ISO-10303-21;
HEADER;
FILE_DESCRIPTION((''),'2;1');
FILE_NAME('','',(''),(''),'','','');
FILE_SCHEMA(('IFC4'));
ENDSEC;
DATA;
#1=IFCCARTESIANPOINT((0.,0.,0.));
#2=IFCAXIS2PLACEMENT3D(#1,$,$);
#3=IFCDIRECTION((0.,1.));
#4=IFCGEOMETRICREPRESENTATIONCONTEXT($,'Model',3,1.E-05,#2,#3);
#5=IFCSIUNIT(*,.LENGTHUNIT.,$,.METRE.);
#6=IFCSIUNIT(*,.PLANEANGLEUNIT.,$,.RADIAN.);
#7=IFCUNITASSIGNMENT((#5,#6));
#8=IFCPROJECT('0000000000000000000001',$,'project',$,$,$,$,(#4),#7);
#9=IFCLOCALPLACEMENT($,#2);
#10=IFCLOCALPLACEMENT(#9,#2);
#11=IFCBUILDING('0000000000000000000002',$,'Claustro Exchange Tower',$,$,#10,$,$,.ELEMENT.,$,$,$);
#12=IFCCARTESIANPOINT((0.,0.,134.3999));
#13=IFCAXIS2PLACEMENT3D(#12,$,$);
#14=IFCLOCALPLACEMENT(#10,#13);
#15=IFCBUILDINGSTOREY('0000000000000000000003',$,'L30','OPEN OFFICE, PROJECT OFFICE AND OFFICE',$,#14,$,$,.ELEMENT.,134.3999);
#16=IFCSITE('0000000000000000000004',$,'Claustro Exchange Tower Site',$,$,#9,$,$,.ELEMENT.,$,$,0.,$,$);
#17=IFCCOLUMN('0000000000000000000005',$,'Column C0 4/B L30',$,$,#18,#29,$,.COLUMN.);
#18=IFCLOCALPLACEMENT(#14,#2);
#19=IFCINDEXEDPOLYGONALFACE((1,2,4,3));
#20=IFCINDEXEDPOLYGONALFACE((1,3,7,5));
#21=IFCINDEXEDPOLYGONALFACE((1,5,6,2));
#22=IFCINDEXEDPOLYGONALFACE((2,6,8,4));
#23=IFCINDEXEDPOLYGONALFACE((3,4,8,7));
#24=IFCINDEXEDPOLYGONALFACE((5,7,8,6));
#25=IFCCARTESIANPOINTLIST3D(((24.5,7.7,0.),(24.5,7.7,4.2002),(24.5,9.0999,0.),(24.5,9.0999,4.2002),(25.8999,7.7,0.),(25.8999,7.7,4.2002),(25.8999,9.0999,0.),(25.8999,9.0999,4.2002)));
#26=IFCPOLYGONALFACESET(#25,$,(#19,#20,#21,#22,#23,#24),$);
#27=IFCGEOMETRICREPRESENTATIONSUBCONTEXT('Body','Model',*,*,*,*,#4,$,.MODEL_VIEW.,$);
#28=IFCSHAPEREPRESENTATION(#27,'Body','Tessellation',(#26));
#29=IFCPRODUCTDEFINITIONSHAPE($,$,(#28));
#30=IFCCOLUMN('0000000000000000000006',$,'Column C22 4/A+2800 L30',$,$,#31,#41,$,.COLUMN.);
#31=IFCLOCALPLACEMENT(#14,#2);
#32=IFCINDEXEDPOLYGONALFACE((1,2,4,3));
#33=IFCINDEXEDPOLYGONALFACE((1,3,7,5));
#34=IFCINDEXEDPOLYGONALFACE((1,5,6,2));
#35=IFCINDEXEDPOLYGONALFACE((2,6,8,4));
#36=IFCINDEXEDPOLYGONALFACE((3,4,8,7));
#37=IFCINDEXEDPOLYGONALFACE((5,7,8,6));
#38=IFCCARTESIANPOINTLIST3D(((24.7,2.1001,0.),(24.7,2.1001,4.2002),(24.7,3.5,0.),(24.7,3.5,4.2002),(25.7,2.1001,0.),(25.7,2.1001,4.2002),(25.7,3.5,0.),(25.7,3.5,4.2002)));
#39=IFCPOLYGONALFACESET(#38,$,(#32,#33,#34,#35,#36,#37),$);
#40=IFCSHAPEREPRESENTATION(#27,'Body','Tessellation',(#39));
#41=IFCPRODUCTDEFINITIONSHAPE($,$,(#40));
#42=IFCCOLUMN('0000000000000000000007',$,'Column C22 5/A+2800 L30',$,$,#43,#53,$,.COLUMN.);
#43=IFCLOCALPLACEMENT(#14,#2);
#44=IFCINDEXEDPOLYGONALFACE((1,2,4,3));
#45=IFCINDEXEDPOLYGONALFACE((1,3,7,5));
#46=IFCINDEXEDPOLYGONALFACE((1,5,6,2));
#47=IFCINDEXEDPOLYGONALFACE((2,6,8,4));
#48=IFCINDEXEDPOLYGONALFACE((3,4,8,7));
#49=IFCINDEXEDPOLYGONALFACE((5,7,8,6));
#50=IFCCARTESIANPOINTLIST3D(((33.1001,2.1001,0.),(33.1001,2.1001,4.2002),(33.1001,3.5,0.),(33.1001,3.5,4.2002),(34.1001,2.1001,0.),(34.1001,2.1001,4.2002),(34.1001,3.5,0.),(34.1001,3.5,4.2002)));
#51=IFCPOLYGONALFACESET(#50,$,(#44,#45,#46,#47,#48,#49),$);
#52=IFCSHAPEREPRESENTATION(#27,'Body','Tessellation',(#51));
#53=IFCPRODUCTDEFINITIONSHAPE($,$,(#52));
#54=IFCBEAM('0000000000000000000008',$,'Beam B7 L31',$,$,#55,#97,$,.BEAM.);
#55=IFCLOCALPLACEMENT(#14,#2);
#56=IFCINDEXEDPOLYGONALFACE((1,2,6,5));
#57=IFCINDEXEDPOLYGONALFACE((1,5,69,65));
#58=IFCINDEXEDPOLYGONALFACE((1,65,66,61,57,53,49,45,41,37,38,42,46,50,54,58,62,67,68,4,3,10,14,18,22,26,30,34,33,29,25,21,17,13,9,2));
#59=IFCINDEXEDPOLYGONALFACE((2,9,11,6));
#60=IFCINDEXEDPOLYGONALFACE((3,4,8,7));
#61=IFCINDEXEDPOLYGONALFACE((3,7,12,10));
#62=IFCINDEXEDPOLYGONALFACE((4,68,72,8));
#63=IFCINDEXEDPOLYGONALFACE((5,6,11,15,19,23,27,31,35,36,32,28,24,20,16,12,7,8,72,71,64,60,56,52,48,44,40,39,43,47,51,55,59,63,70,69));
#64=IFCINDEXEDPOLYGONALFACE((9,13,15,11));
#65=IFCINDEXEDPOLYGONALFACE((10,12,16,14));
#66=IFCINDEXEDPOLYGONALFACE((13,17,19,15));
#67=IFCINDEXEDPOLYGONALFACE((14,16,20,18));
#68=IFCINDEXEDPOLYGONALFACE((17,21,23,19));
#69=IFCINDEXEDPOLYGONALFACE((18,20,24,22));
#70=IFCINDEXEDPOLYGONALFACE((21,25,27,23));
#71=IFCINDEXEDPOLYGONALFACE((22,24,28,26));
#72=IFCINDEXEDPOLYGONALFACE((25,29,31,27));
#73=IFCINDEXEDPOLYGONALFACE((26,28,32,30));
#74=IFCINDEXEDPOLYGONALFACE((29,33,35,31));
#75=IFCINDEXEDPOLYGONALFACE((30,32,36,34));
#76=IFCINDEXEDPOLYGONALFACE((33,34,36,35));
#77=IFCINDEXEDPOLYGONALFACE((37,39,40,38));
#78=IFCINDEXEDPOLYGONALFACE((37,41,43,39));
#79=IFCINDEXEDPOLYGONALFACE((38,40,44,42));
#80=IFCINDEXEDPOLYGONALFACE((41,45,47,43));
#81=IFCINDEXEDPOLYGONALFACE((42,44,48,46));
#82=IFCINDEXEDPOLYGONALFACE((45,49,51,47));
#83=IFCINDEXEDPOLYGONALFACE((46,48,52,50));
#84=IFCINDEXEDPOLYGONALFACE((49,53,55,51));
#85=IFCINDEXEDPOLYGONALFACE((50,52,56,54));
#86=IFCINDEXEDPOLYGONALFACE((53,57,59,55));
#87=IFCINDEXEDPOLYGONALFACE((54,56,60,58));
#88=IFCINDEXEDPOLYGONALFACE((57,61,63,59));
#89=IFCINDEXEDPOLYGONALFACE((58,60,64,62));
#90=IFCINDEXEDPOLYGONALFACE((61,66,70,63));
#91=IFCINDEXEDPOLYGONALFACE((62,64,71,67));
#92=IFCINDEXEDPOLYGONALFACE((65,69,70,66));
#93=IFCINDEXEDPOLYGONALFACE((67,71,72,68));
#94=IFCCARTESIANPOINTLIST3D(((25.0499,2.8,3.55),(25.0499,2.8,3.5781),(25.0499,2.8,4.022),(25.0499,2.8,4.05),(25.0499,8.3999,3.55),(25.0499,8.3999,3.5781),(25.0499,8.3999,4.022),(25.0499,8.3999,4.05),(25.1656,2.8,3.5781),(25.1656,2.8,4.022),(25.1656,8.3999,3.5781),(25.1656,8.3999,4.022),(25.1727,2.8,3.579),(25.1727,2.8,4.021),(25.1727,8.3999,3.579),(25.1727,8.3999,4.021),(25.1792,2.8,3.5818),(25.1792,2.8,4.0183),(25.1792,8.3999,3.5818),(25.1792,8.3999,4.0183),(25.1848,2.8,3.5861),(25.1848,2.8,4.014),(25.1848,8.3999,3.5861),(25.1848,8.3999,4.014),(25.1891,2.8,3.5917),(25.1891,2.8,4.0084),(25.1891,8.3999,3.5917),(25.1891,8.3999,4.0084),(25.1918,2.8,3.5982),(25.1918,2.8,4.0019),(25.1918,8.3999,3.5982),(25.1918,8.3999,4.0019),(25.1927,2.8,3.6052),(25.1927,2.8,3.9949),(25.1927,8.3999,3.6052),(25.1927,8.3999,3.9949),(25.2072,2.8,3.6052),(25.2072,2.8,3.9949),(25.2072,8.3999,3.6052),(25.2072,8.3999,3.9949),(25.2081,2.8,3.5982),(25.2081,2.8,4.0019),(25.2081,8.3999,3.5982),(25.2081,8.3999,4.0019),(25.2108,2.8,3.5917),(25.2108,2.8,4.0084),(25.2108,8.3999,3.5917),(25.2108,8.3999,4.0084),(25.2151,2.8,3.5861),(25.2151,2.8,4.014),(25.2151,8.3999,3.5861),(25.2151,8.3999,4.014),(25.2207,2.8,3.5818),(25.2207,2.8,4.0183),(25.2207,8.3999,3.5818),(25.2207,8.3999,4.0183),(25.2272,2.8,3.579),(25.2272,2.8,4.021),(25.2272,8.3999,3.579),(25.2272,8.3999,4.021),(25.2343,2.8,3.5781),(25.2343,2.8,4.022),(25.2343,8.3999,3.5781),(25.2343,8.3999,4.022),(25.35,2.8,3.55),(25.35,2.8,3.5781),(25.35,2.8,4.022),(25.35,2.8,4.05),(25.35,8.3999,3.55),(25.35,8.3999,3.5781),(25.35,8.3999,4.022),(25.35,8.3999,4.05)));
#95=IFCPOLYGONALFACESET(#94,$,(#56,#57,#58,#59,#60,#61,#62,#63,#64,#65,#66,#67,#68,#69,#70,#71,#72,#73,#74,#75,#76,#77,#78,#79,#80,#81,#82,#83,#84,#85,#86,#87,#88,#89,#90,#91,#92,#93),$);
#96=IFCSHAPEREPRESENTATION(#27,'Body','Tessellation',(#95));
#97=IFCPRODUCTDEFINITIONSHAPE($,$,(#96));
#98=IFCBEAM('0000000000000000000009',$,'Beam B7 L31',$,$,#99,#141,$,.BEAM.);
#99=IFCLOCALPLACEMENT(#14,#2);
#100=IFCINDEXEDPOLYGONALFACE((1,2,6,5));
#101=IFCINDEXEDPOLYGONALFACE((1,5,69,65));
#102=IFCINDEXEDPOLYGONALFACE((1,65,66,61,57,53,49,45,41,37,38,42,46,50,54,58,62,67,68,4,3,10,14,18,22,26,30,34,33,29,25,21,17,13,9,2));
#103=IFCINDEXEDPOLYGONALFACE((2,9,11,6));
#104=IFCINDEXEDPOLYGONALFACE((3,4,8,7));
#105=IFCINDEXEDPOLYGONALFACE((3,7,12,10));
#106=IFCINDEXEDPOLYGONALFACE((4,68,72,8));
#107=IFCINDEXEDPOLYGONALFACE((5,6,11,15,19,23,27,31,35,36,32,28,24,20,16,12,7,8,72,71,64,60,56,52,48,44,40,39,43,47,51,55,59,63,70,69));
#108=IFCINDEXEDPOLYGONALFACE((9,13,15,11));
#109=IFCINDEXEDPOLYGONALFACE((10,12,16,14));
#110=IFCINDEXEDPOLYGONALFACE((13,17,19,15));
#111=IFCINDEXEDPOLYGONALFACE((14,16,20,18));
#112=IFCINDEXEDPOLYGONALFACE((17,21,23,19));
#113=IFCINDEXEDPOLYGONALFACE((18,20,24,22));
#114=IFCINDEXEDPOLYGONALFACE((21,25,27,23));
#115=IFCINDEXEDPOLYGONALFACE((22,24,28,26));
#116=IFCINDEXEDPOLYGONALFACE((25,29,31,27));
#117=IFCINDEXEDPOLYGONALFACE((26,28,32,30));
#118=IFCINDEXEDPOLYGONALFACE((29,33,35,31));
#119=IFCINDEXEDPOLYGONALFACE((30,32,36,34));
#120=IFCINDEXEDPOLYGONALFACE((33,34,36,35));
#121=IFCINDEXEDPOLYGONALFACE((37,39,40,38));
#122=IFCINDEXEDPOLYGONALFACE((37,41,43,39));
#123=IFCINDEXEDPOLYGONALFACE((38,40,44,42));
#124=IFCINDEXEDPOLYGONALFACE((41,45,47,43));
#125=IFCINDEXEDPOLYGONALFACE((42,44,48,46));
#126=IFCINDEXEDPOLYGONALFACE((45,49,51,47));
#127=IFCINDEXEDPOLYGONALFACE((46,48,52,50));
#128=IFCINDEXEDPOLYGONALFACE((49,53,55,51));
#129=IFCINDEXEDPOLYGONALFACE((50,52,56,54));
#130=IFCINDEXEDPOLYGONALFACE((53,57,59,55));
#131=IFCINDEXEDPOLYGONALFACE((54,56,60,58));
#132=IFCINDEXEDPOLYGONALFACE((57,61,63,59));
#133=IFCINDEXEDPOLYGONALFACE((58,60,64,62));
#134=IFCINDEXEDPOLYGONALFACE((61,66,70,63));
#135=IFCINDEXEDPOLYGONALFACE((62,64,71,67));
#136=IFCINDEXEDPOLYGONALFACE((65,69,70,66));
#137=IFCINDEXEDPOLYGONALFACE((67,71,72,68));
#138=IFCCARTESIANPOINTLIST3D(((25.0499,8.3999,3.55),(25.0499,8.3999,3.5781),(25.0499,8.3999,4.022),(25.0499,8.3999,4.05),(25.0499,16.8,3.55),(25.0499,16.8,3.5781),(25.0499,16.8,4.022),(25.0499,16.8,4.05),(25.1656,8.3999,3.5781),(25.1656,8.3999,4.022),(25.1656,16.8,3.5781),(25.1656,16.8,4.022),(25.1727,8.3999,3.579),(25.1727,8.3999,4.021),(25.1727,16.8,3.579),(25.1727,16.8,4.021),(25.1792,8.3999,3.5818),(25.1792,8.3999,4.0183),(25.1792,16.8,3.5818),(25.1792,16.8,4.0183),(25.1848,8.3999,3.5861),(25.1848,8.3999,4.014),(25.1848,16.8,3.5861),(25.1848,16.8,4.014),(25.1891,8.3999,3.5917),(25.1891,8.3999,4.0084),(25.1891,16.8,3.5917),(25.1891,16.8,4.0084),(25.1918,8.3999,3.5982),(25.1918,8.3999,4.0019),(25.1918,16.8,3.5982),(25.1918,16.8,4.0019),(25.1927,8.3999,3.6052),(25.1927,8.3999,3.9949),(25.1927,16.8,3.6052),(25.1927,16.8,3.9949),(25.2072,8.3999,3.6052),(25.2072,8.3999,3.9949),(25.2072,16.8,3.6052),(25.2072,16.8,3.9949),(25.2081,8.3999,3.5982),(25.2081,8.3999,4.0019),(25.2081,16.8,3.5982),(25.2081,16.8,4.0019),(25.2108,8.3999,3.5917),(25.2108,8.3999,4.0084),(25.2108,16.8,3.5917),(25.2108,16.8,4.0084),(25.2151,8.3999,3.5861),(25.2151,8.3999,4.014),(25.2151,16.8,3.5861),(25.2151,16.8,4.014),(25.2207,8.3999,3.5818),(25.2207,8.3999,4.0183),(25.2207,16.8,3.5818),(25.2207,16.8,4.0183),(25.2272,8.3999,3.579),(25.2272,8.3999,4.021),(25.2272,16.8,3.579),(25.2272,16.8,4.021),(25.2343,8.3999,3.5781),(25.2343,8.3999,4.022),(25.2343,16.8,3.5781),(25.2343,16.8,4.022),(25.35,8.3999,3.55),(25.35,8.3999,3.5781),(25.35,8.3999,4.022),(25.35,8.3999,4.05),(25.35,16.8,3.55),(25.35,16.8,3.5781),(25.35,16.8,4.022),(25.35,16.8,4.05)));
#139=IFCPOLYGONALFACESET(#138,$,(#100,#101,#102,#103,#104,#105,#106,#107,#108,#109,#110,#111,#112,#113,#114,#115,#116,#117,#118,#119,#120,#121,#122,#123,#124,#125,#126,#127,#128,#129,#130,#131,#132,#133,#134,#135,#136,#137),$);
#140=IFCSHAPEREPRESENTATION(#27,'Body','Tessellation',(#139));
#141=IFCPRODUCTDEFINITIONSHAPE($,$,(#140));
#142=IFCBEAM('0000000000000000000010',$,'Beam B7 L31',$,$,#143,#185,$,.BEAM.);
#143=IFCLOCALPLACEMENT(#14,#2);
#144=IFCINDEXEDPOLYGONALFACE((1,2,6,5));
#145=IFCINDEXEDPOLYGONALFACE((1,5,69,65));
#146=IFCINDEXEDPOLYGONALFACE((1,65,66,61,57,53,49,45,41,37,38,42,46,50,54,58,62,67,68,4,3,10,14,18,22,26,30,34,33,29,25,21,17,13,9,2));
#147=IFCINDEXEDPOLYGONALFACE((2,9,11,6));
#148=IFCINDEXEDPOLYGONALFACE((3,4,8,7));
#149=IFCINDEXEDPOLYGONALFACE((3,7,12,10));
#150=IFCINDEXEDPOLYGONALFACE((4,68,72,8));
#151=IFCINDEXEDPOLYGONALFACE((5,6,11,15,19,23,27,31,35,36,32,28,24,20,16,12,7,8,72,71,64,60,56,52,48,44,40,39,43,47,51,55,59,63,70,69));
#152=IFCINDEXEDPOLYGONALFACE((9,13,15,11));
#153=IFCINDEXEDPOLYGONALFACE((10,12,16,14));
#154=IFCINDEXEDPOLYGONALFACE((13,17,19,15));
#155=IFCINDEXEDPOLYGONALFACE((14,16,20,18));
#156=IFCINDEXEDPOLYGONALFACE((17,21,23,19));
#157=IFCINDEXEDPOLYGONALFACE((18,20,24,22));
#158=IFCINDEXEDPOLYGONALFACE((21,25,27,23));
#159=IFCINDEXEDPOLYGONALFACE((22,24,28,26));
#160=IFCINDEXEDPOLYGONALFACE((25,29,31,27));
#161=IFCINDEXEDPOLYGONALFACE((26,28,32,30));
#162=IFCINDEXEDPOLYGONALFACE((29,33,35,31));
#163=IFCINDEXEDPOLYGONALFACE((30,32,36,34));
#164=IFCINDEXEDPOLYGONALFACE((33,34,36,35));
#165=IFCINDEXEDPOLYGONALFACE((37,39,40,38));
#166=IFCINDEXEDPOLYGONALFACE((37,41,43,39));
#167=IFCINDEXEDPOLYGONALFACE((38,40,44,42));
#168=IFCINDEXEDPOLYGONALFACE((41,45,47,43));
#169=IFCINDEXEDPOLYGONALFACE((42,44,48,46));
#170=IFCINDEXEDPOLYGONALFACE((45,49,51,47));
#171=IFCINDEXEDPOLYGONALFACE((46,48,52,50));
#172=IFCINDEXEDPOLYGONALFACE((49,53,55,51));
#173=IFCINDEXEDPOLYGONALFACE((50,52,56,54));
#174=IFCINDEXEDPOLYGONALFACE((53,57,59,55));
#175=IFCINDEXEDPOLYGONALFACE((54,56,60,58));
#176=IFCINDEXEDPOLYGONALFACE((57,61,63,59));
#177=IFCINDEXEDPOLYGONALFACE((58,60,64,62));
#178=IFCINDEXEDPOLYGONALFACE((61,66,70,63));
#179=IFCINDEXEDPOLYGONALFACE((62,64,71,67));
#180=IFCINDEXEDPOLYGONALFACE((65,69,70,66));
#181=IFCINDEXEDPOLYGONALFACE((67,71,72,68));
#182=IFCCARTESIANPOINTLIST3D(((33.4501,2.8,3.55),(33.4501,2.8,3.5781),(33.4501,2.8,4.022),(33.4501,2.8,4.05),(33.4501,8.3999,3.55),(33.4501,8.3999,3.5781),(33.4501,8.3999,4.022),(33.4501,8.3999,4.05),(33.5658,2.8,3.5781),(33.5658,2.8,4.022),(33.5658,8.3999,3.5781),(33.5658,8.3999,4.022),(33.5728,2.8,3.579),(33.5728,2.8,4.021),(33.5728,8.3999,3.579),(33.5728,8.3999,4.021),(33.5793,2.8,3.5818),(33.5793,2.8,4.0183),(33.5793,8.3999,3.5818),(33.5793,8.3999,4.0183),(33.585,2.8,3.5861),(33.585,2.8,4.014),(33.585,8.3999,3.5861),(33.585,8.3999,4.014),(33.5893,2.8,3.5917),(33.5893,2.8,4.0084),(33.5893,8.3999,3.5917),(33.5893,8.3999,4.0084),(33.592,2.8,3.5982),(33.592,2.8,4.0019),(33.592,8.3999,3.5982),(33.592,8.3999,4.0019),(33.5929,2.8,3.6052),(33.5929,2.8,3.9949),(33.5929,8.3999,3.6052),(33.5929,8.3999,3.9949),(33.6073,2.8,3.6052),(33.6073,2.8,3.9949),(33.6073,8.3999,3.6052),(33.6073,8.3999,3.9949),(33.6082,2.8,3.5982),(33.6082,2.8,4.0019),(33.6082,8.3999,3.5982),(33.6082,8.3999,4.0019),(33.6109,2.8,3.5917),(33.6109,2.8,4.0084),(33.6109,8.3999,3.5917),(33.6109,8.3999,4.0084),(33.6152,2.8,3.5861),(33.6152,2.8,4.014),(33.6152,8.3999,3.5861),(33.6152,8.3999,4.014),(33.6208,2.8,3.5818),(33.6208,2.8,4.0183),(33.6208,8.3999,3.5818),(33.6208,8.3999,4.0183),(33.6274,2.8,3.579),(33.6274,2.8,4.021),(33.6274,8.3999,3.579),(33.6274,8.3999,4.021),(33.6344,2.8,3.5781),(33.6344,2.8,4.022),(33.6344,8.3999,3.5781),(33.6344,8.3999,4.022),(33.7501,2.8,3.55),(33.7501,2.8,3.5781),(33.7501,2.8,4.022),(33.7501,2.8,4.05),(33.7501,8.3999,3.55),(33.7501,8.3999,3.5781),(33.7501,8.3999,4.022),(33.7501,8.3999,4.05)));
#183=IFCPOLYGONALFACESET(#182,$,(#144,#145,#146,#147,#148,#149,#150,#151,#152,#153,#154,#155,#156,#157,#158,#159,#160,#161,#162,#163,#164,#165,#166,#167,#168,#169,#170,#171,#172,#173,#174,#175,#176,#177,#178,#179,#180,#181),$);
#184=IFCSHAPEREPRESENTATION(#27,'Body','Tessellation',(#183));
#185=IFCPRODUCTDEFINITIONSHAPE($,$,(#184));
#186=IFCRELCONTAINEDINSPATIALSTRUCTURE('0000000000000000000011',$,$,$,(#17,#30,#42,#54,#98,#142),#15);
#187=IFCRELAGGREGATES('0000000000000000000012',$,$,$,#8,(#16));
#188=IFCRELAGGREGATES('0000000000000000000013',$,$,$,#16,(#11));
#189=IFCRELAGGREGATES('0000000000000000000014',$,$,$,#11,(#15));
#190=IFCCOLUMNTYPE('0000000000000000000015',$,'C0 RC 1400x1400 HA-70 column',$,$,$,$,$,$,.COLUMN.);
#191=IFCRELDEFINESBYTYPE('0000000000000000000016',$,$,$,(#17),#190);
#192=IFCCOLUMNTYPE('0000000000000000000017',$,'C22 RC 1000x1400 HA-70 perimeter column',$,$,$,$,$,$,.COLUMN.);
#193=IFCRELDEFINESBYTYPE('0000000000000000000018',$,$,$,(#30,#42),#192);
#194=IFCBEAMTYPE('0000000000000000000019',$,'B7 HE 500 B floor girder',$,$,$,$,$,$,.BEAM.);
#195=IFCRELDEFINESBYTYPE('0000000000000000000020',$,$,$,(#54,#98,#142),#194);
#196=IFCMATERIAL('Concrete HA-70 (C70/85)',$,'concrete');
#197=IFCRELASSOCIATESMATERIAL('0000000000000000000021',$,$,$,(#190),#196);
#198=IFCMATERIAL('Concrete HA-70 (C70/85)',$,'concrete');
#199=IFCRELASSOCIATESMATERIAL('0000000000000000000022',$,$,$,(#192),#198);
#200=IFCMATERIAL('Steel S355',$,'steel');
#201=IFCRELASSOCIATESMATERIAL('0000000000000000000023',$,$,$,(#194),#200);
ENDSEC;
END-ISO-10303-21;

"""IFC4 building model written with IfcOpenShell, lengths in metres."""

from ifc_helpers import new_model, si_unit, direction, frame, origin, origin_2d, place, context, subcontext, project, spatial, rectangle, i_section, extrude, material, material_profile, profile_set, type_object, element, save


model = new_model("IFC4")

# Units and contexts
model_context = context("Model", 3, precision=1e-05, world=origin(), true_north=direction((0.0, 1.0)))
body_context = subcontext(model_context, "Body", "Model", "MODEL_VIEW")
ifc_project = project(units=[si_unit("LENGTHUNIT", "METRE"), si_unit("PLANEANGLEUNIT", "RADIAN")], contexts=[model_context])

# Site, building, storey
site_placement = place(None, origin())
site = spatial("IfcSite", under=ifc_project, at=site_placement, Name="Claustro Exchange Tower Site", CompositionType="ELEMENT", RefElevation=0.0)
building_placement = place(site_placement, origin())
building = spatial("IfcBuilding", under=site, at=building_placement, Name="Claustro Exchange Tower", CompositionType="ELEMENT")
storey_placement = place(building_placement, frame((0.0, 0.0, 134.3999)))
storey = spatial("IfcBuildingStorey", under=building, at=storey_placement, Name="L30", Description="OPEN OFFICE, PROJECT OFFICE AND OFFICE", CompositionType="ELEMENT", Elevation=134.3999)

# Columns
ifc_material_1 = material(Name="Concrete HA-70 (C70/85)", Category="concrete")
ifc_material_profile_1 = material_profile(ifc_material_1, rectangle(XDim=1.3999, YDim=1.3999, at=origin_2d()), Name="RC 1400x1400")
ifc_profile_set_1 = profile_set([ifc_material_profile_1], Name="Concrete HA-70 (C70/85)")
column_type_1 = type_object("IfcColumnType", Name="C0 RC 1400x1400 HA-70 column", PredefinedType="COLUMN", material=ifc_profile_set_1)
column_placement = place(storey_placement, frame((25.2, 8.3999, 0.0), z_axis=(0.0, 0.0, 1.0), x_axis=(1.0, 0.0, 0.0)))
element("IfcColumn", 1, at=column_placement, inside=storey, type_object=column_type_1, Name="Column C0 4/B L30", PredefinedType="COLUMN", context=body_context, shape_type="SweptSolid", body=[
    extrude(rectangle(XDim=1.3999, YDim=1.3999, at=origin_2d()), origin(), (0.0, 0.0, 1.0), 4.2002),
])
ifc_material_2 = material(Name="Concrete HA-70 (C70/85)", Category="concrete")
ifc_material_profile_2 = material_profile(ifc_material_2, rectangle(XDim=1.0, YDim=1.3999, at=origin_2d()), Name="RC 1000x1400")
ifc_profile_set_2 = profile_set([ifc_material_profile_2], Name="Concrete HA-70 (C70/85)")
column_type_2 = type_object("IfcColumnType", Name="C22 RC 1000x1400 HA-70 perimeter column", PredefinedType="COLUMN", material=ifc_profile_set_2)
for number, where, z_axis, x_axis, name in (
    (2, (25.2, 2.8, 0.0), (0.0, 0.0, 1.0), (1.0, 0.0, 0.0), "Column C22 4/A+2800 L30"),
    (3, (33.6001, 2.8, 0.0), (0.0, 0.0, 1.0), (1.0, 0.0, 0.0), "Column C22 5/A+2800 L30"),
):
    element("IfcColumn", number, at=place(storey_placement, frame(where, z_axis=z_axis, x_axis=x_axis)), inside=storey, type_object=column_type_2, Name=name, PredefinedType="COLUMN", context=body_context, shape_type="SweptSolid", body=[
        extrude(rectangle(XDim=1.0, YDim=1.3999, at=origin_2d()), origin(), (0.0, 0.0, 1.0), 4.2002),
    ])

# Beams
ifc_material_3 = material(Name="Steel S355", Category="steel")
ifc_material_profile_3 = material_profile(ifc_material_3, i_section(OverallWidth=0.3, OverallDepth=0.5, WebThickness=0.0144, FlangeThickness=0.0281, FilletRadius=0.0271, at=origin_2d()), Name="HE 500 B")
ifc_profile_set_3 = profile_set([ifc_material_profile_3], Name="Steel S355")
beam_type_1 = type_object("IfcBeamType", Name="B7 HE 500 B floor girder", PredefinedType="BEAM", material=ifc_profile_set_3)
beam_1_placement = place(storey_placement, frame((25.2, 2.8, 3.8), z_axis=(0.0, 1.0, 0.0), x_axis=(-1.0, 0.0, 0.0)))
element("IfcBeam", 4, at=beam_1_placement, inside=storey, type_object=beam_type_1, Name="Beam B7 L31", PredefinedType="BEAM", context=body_context, shape_type="SweptSolid", body=[
    extrude(i_section(OverallWidth=0.3, OverallDepth=0.5, WebThickness=0.0144, FlangeThickness=0.0281, FilletRadius=0.0271, at=origin_2d()), origin(), (0.0, 0.0, 1.0), 5.5999),
])
beam_2_placement = place(storey_placement, frame((25.2, 8.3999, 3.8), z_axis=(0.0, 1.0, 0.0), x_axis=(-1.0, 0.0, 0.0)))
element("IfcBeam", 5, at=beam_2_placement, inside=storey, type_object=beam_type_1, Name="Beam B7 L31", PredefinedType="BEAM", context=body_context, shape_type="SweptSolid", body=[
    extrude(i_section(OverallWidth=0.3, OverallDepth=0.5, WebThickness=0.0144, FlangeThickness=0.0281, FilletRadius=0.0271, at=origin_2d()), origin(), (0.0, 0.0, 1.0), 8.4001),
])
beam_3_placement = place(storey_placement, frame((33.6001, 2.8, 3.8), z_axis=(0.0, 1.0, 0.0), x_axis=(-1.0, 0.0, 0.0)))
element("IfcBeam", 6, at=beam_3_placement, inside=storey, type_object=beam_type_1, Name="Beam B7 L31", PredefinedType="BEAM", context=body_context, shape_type="SweptSolid", body=[
    extrude(i_section(OverallWidth=0.3, OverallDepth=0.5, WebThickness=0.0144, FlangeThickness=0.0281, FilletRadius=0.0271, at=origin_2d()), origin(), (0.0, 0.0, 1.0), 5.5999),
])

save(model, "model.ifc")
